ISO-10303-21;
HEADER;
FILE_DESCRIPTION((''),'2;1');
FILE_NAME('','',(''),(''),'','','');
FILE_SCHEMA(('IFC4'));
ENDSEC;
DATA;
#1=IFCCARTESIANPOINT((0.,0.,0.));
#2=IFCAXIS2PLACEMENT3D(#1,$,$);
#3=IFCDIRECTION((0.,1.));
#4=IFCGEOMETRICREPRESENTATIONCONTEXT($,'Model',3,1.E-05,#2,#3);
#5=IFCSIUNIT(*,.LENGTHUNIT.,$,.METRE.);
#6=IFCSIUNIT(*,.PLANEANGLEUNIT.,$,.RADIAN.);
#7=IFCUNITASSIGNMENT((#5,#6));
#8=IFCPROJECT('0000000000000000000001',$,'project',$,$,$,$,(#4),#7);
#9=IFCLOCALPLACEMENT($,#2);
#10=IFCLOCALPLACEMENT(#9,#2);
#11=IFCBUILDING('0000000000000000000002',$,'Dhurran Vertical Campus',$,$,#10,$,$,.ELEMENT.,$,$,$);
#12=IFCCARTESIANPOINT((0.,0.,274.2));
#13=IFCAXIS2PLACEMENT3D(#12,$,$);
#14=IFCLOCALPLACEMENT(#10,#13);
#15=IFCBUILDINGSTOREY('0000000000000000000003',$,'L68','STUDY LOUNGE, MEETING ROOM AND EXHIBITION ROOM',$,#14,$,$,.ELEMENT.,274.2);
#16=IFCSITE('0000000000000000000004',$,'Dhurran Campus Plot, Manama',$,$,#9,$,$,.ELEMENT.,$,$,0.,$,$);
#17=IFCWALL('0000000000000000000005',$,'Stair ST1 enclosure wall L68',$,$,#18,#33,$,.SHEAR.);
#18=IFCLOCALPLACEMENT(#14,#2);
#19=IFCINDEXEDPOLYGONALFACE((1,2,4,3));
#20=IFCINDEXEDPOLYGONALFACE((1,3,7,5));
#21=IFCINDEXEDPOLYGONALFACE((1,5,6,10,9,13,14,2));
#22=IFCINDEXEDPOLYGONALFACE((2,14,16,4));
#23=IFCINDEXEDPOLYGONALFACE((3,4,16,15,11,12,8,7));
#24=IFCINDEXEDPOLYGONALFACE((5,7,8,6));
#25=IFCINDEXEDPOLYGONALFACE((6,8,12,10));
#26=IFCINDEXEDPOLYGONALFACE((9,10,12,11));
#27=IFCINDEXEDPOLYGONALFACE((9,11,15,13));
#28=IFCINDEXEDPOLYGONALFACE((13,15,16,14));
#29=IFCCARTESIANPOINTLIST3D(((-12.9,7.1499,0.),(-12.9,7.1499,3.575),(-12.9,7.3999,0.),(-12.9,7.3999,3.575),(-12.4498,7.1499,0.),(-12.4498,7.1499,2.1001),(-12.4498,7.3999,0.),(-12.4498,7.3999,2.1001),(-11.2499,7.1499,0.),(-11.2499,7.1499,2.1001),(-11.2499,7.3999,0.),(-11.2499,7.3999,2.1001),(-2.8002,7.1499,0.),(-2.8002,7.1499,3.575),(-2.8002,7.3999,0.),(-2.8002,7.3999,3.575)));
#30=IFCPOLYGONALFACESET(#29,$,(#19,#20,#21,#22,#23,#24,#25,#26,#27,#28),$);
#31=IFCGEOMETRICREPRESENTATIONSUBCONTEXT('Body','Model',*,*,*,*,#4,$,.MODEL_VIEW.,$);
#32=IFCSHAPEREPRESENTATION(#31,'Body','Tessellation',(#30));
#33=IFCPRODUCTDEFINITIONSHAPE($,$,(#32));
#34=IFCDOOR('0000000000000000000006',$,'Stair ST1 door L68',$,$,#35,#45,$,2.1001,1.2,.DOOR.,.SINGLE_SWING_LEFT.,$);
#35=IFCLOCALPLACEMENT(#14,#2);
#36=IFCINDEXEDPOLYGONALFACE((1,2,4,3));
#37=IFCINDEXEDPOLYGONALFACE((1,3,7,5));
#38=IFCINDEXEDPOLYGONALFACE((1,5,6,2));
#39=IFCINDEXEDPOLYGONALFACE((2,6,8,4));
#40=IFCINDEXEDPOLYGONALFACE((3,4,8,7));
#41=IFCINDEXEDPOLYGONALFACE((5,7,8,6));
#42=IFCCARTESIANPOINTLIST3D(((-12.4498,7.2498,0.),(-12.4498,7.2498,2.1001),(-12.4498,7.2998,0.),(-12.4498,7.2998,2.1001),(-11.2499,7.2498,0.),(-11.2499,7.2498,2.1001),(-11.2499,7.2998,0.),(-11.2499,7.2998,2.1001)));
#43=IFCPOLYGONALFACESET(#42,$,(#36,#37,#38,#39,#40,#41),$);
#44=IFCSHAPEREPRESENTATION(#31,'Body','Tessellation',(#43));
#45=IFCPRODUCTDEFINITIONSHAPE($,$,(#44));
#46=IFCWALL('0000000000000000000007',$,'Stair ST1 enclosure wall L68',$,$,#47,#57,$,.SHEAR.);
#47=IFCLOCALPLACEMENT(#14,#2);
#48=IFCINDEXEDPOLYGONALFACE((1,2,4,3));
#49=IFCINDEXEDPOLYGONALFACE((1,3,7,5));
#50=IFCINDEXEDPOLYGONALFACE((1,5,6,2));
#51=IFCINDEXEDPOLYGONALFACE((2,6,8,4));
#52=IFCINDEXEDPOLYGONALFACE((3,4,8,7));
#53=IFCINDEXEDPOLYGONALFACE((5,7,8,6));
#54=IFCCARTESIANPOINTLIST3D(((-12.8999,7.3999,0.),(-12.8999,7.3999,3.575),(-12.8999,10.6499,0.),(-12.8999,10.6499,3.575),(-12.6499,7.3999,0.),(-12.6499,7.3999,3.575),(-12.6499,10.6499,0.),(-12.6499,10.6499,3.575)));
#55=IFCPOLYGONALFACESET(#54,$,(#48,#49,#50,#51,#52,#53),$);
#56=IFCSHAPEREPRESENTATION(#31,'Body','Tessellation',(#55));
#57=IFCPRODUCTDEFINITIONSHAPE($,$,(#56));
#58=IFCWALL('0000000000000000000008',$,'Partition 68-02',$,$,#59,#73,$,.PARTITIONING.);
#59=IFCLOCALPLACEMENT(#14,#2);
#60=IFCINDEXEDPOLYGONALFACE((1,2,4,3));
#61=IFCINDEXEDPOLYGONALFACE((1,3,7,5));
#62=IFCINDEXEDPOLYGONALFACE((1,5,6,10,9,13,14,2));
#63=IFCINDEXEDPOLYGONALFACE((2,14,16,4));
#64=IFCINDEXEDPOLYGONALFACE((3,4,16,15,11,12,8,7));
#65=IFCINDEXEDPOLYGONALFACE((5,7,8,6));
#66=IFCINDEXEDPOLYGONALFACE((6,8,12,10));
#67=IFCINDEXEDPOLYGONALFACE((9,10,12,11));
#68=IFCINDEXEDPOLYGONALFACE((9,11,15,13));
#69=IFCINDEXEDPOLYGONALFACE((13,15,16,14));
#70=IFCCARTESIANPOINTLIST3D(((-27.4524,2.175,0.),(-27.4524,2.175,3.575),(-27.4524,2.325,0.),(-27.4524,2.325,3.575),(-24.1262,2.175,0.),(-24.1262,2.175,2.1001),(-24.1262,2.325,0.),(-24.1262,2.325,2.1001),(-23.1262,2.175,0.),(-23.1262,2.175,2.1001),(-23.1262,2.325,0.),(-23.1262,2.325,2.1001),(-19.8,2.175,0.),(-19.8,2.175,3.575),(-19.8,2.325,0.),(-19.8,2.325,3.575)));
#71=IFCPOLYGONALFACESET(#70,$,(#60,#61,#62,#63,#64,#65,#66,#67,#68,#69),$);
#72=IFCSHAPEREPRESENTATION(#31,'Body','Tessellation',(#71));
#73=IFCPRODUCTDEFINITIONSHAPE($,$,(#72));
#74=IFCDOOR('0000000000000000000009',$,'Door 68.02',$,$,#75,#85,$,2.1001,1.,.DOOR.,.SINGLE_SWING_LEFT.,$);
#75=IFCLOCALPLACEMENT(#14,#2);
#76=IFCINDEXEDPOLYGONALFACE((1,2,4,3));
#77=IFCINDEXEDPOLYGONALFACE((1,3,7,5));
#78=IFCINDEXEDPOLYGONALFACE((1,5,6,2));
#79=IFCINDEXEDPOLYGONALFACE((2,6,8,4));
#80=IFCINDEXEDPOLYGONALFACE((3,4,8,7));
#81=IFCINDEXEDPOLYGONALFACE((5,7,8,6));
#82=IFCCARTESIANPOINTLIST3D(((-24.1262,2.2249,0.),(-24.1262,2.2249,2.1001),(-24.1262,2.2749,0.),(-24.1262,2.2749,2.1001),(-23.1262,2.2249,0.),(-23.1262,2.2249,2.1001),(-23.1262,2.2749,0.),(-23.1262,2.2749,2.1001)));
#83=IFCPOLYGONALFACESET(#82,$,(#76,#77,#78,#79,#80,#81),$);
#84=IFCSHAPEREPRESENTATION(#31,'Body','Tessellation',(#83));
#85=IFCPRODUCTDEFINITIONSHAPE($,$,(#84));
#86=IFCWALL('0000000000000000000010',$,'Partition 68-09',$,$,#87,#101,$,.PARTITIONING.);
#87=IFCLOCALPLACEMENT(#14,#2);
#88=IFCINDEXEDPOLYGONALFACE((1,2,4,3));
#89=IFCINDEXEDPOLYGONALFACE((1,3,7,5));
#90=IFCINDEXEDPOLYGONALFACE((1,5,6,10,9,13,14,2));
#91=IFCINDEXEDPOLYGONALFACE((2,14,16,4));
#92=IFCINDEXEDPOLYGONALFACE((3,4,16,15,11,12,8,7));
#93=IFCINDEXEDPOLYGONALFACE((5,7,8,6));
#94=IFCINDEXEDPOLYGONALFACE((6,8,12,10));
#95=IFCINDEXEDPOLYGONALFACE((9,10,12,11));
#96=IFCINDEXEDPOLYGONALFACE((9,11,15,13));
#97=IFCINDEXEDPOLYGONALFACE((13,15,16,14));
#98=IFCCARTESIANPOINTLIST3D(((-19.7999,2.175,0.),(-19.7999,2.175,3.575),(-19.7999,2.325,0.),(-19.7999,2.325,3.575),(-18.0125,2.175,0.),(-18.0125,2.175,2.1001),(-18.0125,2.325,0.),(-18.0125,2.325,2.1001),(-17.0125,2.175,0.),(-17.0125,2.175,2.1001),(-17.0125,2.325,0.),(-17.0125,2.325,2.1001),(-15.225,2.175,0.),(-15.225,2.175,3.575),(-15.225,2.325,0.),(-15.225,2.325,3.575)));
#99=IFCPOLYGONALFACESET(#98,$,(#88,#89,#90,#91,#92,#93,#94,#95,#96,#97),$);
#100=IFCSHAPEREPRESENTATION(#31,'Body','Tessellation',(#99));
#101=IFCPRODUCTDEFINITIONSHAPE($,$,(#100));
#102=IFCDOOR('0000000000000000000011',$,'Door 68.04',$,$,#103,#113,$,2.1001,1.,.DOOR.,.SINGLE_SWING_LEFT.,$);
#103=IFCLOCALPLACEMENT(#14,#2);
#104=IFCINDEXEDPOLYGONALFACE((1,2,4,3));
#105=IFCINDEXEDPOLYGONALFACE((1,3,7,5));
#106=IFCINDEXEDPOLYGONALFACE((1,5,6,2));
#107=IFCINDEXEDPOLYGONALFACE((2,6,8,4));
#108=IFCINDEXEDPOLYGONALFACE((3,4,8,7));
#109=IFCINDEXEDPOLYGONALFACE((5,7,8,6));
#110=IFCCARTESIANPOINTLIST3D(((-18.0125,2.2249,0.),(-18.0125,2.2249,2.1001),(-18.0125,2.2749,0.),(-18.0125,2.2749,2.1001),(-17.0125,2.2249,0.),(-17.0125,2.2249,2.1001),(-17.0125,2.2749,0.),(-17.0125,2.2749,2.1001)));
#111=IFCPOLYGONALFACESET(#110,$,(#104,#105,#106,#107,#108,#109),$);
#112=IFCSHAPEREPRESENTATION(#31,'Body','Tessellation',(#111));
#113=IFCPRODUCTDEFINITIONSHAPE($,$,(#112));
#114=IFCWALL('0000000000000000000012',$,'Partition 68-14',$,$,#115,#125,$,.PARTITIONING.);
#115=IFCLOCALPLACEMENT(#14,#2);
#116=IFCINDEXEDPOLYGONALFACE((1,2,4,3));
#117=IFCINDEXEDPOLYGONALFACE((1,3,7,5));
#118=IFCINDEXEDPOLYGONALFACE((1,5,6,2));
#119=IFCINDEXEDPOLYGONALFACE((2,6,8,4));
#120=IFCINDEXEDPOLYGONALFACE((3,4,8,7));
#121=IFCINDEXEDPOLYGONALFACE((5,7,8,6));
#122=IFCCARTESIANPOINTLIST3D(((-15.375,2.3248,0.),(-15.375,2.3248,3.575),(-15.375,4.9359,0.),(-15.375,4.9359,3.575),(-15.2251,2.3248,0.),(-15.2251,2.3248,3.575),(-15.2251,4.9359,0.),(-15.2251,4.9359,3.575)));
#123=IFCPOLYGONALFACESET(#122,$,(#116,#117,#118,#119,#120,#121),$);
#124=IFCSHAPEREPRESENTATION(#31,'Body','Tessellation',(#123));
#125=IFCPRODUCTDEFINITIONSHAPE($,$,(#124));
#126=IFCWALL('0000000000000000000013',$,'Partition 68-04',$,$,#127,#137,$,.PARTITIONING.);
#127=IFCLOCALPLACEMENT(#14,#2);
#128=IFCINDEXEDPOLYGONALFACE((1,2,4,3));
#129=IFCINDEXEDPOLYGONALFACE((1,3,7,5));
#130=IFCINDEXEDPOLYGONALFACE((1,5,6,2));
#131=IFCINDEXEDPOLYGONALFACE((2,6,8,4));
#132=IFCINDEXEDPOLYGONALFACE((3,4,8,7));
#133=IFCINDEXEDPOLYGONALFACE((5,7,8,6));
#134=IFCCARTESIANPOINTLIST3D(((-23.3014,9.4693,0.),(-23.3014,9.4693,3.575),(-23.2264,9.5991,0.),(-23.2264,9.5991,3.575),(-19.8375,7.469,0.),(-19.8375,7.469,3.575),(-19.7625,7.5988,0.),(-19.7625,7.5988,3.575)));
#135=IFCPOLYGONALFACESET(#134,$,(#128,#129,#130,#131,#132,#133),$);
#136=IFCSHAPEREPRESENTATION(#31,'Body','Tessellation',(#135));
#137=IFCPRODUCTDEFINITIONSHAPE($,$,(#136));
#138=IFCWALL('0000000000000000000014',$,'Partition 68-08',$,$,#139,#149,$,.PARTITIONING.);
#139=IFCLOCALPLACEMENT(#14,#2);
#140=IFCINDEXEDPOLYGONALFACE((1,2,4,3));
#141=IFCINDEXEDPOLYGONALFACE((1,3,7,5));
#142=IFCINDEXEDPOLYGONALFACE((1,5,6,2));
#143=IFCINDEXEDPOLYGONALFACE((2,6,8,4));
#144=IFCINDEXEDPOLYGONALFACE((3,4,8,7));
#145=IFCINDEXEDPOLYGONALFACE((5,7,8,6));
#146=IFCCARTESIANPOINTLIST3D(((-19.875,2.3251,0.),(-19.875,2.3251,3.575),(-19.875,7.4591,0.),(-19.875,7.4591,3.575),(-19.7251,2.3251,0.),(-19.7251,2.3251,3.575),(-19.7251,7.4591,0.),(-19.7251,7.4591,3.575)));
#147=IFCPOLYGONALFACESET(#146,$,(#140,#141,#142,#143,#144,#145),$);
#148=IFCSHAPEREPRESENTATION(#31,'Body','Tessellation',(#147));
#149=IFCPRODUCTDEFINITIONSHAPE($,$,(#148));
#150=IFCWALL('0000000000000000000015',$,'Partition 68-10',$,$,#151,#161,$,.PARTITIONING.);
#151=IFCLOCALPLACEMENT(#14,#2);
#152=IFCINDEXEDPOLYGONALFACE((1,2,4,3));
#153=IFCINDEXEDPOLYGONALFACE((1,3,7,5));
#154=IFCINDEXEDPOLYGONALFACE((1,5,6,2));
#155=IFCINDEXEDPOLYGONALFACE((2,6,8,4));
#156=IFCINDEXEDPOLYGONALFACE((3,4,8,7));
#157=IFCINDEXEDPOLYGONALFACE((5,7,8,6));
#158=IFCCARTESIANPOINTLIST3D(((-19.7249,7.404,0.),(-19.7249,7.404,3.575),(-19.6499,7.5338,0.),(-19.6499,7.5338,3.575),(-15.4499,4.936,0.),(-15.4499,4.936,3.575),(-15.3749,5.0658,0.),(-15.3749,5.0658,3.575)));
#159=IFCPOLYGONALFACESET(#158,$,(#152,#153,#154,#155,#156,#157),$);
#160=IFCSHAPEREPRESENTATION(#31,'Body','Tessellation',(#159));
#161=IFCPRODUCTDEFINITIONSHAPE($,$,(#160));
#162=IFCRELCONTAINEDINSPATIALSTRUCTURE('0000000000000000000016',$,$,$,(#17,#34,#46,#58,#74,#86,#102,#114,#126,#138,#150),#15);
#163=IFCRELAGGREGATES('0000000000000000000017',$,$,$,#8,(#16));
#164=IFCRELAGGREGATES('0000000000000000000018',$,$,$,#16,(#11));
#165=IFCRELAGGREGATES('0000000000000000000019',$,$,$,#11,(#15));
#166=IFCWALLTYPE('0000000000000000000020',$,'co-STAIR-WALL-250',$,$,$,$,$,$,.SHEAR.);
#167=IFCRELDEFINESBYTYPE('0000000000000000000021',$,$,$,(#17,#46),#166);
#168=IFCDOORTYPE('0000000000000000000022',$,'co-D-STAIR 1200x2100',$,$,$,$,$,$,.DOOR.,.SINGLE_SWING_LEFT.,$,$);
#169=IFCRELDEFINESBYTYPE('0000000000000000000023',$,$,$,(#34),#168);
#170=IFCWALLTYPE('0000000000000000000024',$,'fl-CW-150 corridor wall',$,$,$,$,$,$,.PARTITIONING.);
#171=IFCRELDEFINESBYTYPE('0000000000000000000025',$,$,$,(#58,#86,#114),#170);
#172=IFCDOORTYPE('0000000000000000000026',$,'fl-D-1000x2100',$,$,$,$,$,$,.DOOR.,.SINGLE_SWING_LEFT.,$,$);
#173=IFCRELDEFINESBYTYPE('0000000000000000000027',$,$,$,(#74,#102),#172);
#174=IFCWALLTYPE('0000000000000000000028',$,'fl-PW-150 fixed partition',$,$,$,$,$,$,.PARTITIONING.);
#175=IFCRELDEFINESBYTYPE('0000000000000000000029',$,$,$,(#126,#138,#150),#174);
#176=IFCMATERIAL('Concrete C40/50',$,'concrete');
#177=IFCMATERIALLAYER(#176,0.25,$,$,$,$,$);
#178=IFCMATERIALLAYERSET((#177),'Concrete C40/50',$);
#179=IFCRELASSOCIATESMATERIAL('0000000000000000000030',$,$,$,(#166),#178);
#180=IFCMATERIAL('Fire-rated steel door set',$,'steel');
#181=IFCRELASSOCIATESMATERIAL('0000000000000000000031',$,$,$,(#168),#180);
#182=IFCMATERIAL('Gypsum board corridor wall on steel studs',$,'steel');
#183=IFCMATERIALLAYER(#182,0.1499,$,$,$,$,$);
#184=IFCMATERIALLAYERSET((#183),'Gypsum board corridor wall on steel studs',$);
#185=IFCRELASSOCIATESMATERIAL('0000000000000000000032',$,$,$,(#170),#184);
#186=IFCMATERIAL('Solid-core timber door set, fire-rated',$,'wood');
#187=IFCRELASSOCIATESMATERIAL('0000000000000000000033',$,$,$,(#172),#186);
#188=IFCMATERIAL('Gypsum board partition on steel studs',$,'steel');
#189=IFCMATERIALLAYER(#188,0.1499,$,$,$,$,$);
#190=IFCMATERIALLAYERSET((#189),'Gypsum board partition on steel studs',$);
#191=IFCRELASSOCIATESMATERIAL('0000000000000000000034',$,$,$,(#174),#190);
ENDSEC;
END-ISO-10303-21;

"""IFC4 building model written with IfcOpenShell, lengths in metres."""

from ifc_helpers import new_model, si_unit, direction, frame, frame_2d, origin, place, context, subcontext, project, spatial, rectangle, extrude, material, layer, layer_set, type_object, element, fill, save


model = new_model("IFC4")

# Units and contexts
model_context = context("Model", 3, precision=1e-05, world=origin(), true_north=direction((0.0, 1.0)))
body_context = subcontext(model_context, "Body", "Model", "MODEL_VIEW")
ifc_project = project(units=[si_unit("LENGTHUNIT", "METRE"), si_unit("PLANEANGLEUNIT", "RADIAN")], contexts=[model_context])

# Site, building, storey
site_placement = place(None, origin())
site = spatial("IfcSite", under=ifc_project, at=site_placement, Name="Dhurran Campus Plot, Manama", CompositionType="ELEMENT", RefElevation=0.0)
building_placement = place(site_placement, origin())
building = spatial("IfcBuilding", under=site, at=building_placement, Name="Dhurran Vertical Campus", CompositionType="ELEMENT")
storey_placement = place(building_placement, frame((0.0, 0.0, 274.2)))
storey = spatial("IfcBuildingStorey", under=building, at=storey_placement, Name="L68", Description="STUDY LOUNGE, MEETING ROOM AND EXHIBITION ROOM", CompositionType="ELEMENT", Elevation=274.2)

# Wall, opening, door
ifc_material_1 = material(Name="Concrete C40/50", Category="concrete")
ifc_layer_1 = layer(ifc_material_1, 0.25)
ifc_layer_set_1 = layer_set([ifc_layer_1], Name="Concrete C40/50")
wall_type_1 = type_object("IfcWallType", Name="co-STAIR-WALL-250", PredefinedType="SHEAR", material=ifc_layer_set_1)
wall_1_placement = place(storey_placement, frame((-12.8999, 7.2749, 0.0), z_axis=(0.0, 0.0, 1.0), x_axis=(1.0, 0.0, 0.0)))
wall_1 = element("IfcWall", 1, at=wall_1_placement, inside=storey, type_object=wall_type_1, Name="Stair ST1 enclosure wall L68", PredefinedType="SHEAR", context=body_context, shape_type="SweptSolid", body=[
    extrude(rectangle(XDim=10.0999, YDim=0.25, at=frame_2d((5.0498, 0.0))), origin(), (0.0, 0.0, 1.0), 3.575),
])
opening_1_placement = place(wall_1_placement, frame((0.45, 0.0, 0.0)))
opening_1 = element("IfcOpeningElement", 2, at=opening_1_placement, cuts=wall_1, PredefinedType="OPENING", context=body_context, shape_type="SweptSolid", body=[
    extrude(rectangle(XDim=1.2, YDim=2.1001, at=frame_2d((0.6001, 1.05))), frame((0.0, 0.135, 0.0), z_axis=(0.0, -1.0, 0.0), x_axis=(1.0, 0.0, 0.0)), (0.0, 0.0, 1.0), 0.27),
])
ifc_material_2 = material(Name="Fire-rated steel door set", Category="steel")
door_type_1 = type_object("IfcDoorType", Name="co-D-STAIR 1200x2100", OperationType="SINGLE_SWING_LEFT", PredefinedType="DOOR", material=ifc_material_2)
door_1_placement = place(opening_1_placement, origin())
door_1 = element("IfcDoor", 3, at=door_1_placement, inside=storey, type_object=door_type_1, Name="Stair ST1 door L68", OperationType="SINGLE_SWING_LEFT", OverallHeight=2.1001, OverallWidth=1.2, PredefinedType="DOOR", context=body_context, shape_type="SweptSolid", body=[
    extrude(rectangle(XDim=1.2, YDim=2.1001, at=frame_2d((0.6001, 1.05))), frame((0.0, 0.0249, 0.0), z_axis=(0.0, -1.0, 0.0), x_axis=(1.0, 0.0, 0.0)), (0.0, 0.0, 1.0), 0.05),
])
fill(opening_1, door_1)

# Wall
wall_2_placement = place(storey_placement, frame((-12.7749, 7.3999, 0.0), z_axis=(0.0, 0.0, 1.0), x_axis=(0.0, 1.0, 0.0)))
element("IfcWall", 4, at=wall_2_placement, inside=storey, type_object=wall_type_1, Name="Stair ST1 enclosure wall L68", PredefinedType="SHEAR", context=body_context, shape_type="SweptSolid", body=[
    extrude(rectangle(XDim=3.25, YDim=0.25, at=frame_2d((1.625, 0.0))), origin(), (0.0, 0.0, 1.0), 3.575),
])

# Walls, openings, doors
ifc_material_3 = material(Name="Gypsum board corridor wall on steel studs", Category="steel")
ifc_layer_2 = layer(ifc_material_3, 0.1499)
ifc_layer_set_2 = layer_set([ifc_layer_2], Name="Gypsum board corridor wall on steel studs")
wall_type_2 = type_object("IfcWallType", Name="fl-CW-150 corridor wall", PredefinedType="PARTITIONING", material=ifc_layer_set_2)
wall_3_placement = place(storey_placement, frame((-27.4524, 2.25, 0.0), z_axis=(0.0, 0.0, 1.0), x_axis=(1.0, 0.0, 0.0)))
wall_3 = element("IfcWall", 5, at=wall_3_placement, inside=storey, type_object=wall_type_2, Name="Partition 68-02", PredefinedType="PARTITIONING", context=body_context, shape_type="SweptSolid", body=[
    extrude(rectangle(XDim=7.6523, YDim=0.1499, at=frame_2d((3.8262, 0.0))), origin(), (0.0, 0.0, 1.0), 3.575),
])
opening_2_placement = place(wall_3_placement, frame((3.3262, 0.0, 0.0)))
opening_2 = element("IfcOpeningElement", 6, at=opening_2_placement, cuts=wall_3, PredefinedType="OPENING", context=body_context, shape_type="SweptSolid", body=[
    extrude(rectangle(XDim=1.0, YDim=2.1001, at=frame_2d((0.5, 1.05))), frame((0.0, 0.085, 0.0), z_axis=(0.0, -1.0, 0.0), x_axis=(1.0, 0.0, 0.0)), (0.0, 0.0, 1.0), 0.1699),
])
ifc_material_4 = material(Name="Solid-core timber door set, fire-rated", Category="wood")
door_type_2 = type_object("IfcDoorType", Name="fl-D-1000x2100", OperationType="SINGLE_SWING_LEFT", PredefinedType="DOOR", material=ifc_material_4)
door_2_placement = place(opening_2_placement, origin())
door_2 = element("IfcDoor", 7, at=door_2_placement, inside=storey, type_object=door_type_2, Name="Door 68.02", OperationType="SINGLE_SWING_LEFT", OverallHeight=2.1001, OverallWidth=1.0, PredefinedType="DOOR", context=body_context, shape_type="SweptSolid", body=[
    extrude(rectangle(XDim=1.0, YDim=2.1001, at=frame_2d((0.5, 1.05))), frame((0.0, 0.0249, 0.0), z_axis=(0.0, -1.0, 0.0), x_axis=(1.0, 0.0, 0.0)), (0.0, 0.0, 1.0), 0.05),
])
fill(opening_2, door_2)
wall_4_placement = place(storey_placement, frame((-19.8, 2.25, 0.0), z_axis=(0.0, 0.0, 1.0), x_axis=(1.0, 0.0, 0.0)))
wall_4 = element("IfcWall", 8, at=wall_4_placement, inside=storey, type_object=wall_type_2, Name="Partition 68-09", PredefinedType="PARTITIONING", context=body_context, shape_type="SweptSolid", body=[
    extrude(rectangle(XDim=4.575, YDim=0.1499, at=frame_2d((2.2876, 0.0))), origin(), (0.0, 0.0, 1.0), 3.575),
])
opening_3_placement = place(wall_4_placement, frame((1.7876, 0.0, 0.0)))
opening_3 = element("IfcOpeningElement", 9, at=opening_3_placement, cuts=wall_4, PredefinedType="OPENING", context=body_context, shape_type="SweptSolid", body=[
    extrude(rectangle(XDim=1.0, YDim=2.1001, at=frame_2d((0.5, 1.05))), frame((0.0, 0.085, 0.0), z_axis=(0.0, -1.0, 0.0), x_axis=(1.0, 0.0, 0.0)), (0.0, 0.0, 1.0), 0.1699),
])
door_3_placement = place(opening_3_placement, origin())
door_3 = element("IfcDoor", 10, at=door_3_placement, inside=storey, type_object=door_type_2, Name="Door 68.04", OperationType="SINGLE_SWING_LEFT", OverallHeight=2.1001, OverallWidth=1.0, PredefinedType="DOOR", context=body_context, shape_type="SweptSolid", body=[
    extrude(rectangle(XDim=1.0, YDim=2.1001, at=frame_2d((0.5, 1.05))), frame((0.0, 0.0249, 0.0), z_axis=(0.0, -1.0, 0.0), x_axis=(1.0, 0.0, 0.0)), (0.0, 0.0, 1.0), 0.05),
])
fill(opening_3, door_3)

# Walls
wall_5_placement = place(storey_placement, frame((-15.3, 4.936, 0.0), z_axis=(0.0, 0.0, 1.0), x_axis=(0.0, -1.0, 0.0)))
element("IfcWall", 11, at=wall_5_placement, inside=storey, type_object=wall_type_2, Name="Partition 68-14", PredefinedType="PARTITIONING", context=body_context, shape_type="SweptSolid", body=[
    extrude(rectangle(XDim=2.6111, YDim=0.1499, at=frame_2d((1.3057, 0.0))), origin(), (0.0, 0.0, 1.0), 3.575),
])
ifc_material_5 = material(Name="Gypsum board partition on steel studs", Category="steel")
ifc_layer_3 = layer(ifc_material_5, 0.1499)
ifc_layer_set_3 = layer_set([ifc_layer_3], Name="Gypsum board partition on steel studs")
wall_type_3 = type_object("IfcWallType", Name="fl-PW-150 fixed partition", PredefinedType="PARTITIONING", material=ifc_layer_set_3)
wall_6_placement = place(storey_placement, frame((-23.2639, 9.5342, 0.0), z_axis=(0.0, 0.0, 1.0), x_axis=(0.865984, -0.500071, 0.0)))
element("IfcWall", 12, at=wall_6_placement, inside=storey, type_object=wall_type_3, Name="Partition 68-04", PredefinedType="PARTITIONING", context=body_context, shape_type="SweptSolid", body=[
    extrude(rectangle(XDim=4.0, YDim=0.1499, at=frame_2d((2.0, 0.0))), origin(), (0.0, 0.0, 1.0), 3.575),
])
wall_7_placement = place(storey_placement, frame((-19.8, 7.459, 0.0), z_axis=(0.0, 0.0, 1.0), x_axis=(0.0, -1.0, 0.0)))
element("IfcWall", 13, at=wall_7_placement, inside=storey, type_object=wall_type_3, Name="Partition 68-08", PredefinedType="PARTITIONING", context=body_context, shape_type="SweptSolid", body=[
    extrude(rectangle(XDim=5.134, YDim=0.1499, at=frame_2d((2.5669, 0.0))), origin(), (0.0, 0.0, 1.0), 3.575),
])
wall_8_placement = place(storey_placement, frame((-19.6875, 7.469, 0.0), z_axis=(0.0, 0.0, 1.0), x_axis=(0.866034, -0.499985, 0.0)))
element("IfcWall", 14, at=wall_8_placement, inside=storey, type_object=wall_type_3, Name="Partition 68-10", PredefinedType="PARTITIONING", context=body_context, shape_type="SweptSolid", body=[
    extrude(rectangle(XDim=4.9363, YDim=0.1499, at=frame_2d((2.4683, 0.0))), origin(), (0.0, 0.0, 1.0), 3.575),
])

save(model, "model.ifc")
